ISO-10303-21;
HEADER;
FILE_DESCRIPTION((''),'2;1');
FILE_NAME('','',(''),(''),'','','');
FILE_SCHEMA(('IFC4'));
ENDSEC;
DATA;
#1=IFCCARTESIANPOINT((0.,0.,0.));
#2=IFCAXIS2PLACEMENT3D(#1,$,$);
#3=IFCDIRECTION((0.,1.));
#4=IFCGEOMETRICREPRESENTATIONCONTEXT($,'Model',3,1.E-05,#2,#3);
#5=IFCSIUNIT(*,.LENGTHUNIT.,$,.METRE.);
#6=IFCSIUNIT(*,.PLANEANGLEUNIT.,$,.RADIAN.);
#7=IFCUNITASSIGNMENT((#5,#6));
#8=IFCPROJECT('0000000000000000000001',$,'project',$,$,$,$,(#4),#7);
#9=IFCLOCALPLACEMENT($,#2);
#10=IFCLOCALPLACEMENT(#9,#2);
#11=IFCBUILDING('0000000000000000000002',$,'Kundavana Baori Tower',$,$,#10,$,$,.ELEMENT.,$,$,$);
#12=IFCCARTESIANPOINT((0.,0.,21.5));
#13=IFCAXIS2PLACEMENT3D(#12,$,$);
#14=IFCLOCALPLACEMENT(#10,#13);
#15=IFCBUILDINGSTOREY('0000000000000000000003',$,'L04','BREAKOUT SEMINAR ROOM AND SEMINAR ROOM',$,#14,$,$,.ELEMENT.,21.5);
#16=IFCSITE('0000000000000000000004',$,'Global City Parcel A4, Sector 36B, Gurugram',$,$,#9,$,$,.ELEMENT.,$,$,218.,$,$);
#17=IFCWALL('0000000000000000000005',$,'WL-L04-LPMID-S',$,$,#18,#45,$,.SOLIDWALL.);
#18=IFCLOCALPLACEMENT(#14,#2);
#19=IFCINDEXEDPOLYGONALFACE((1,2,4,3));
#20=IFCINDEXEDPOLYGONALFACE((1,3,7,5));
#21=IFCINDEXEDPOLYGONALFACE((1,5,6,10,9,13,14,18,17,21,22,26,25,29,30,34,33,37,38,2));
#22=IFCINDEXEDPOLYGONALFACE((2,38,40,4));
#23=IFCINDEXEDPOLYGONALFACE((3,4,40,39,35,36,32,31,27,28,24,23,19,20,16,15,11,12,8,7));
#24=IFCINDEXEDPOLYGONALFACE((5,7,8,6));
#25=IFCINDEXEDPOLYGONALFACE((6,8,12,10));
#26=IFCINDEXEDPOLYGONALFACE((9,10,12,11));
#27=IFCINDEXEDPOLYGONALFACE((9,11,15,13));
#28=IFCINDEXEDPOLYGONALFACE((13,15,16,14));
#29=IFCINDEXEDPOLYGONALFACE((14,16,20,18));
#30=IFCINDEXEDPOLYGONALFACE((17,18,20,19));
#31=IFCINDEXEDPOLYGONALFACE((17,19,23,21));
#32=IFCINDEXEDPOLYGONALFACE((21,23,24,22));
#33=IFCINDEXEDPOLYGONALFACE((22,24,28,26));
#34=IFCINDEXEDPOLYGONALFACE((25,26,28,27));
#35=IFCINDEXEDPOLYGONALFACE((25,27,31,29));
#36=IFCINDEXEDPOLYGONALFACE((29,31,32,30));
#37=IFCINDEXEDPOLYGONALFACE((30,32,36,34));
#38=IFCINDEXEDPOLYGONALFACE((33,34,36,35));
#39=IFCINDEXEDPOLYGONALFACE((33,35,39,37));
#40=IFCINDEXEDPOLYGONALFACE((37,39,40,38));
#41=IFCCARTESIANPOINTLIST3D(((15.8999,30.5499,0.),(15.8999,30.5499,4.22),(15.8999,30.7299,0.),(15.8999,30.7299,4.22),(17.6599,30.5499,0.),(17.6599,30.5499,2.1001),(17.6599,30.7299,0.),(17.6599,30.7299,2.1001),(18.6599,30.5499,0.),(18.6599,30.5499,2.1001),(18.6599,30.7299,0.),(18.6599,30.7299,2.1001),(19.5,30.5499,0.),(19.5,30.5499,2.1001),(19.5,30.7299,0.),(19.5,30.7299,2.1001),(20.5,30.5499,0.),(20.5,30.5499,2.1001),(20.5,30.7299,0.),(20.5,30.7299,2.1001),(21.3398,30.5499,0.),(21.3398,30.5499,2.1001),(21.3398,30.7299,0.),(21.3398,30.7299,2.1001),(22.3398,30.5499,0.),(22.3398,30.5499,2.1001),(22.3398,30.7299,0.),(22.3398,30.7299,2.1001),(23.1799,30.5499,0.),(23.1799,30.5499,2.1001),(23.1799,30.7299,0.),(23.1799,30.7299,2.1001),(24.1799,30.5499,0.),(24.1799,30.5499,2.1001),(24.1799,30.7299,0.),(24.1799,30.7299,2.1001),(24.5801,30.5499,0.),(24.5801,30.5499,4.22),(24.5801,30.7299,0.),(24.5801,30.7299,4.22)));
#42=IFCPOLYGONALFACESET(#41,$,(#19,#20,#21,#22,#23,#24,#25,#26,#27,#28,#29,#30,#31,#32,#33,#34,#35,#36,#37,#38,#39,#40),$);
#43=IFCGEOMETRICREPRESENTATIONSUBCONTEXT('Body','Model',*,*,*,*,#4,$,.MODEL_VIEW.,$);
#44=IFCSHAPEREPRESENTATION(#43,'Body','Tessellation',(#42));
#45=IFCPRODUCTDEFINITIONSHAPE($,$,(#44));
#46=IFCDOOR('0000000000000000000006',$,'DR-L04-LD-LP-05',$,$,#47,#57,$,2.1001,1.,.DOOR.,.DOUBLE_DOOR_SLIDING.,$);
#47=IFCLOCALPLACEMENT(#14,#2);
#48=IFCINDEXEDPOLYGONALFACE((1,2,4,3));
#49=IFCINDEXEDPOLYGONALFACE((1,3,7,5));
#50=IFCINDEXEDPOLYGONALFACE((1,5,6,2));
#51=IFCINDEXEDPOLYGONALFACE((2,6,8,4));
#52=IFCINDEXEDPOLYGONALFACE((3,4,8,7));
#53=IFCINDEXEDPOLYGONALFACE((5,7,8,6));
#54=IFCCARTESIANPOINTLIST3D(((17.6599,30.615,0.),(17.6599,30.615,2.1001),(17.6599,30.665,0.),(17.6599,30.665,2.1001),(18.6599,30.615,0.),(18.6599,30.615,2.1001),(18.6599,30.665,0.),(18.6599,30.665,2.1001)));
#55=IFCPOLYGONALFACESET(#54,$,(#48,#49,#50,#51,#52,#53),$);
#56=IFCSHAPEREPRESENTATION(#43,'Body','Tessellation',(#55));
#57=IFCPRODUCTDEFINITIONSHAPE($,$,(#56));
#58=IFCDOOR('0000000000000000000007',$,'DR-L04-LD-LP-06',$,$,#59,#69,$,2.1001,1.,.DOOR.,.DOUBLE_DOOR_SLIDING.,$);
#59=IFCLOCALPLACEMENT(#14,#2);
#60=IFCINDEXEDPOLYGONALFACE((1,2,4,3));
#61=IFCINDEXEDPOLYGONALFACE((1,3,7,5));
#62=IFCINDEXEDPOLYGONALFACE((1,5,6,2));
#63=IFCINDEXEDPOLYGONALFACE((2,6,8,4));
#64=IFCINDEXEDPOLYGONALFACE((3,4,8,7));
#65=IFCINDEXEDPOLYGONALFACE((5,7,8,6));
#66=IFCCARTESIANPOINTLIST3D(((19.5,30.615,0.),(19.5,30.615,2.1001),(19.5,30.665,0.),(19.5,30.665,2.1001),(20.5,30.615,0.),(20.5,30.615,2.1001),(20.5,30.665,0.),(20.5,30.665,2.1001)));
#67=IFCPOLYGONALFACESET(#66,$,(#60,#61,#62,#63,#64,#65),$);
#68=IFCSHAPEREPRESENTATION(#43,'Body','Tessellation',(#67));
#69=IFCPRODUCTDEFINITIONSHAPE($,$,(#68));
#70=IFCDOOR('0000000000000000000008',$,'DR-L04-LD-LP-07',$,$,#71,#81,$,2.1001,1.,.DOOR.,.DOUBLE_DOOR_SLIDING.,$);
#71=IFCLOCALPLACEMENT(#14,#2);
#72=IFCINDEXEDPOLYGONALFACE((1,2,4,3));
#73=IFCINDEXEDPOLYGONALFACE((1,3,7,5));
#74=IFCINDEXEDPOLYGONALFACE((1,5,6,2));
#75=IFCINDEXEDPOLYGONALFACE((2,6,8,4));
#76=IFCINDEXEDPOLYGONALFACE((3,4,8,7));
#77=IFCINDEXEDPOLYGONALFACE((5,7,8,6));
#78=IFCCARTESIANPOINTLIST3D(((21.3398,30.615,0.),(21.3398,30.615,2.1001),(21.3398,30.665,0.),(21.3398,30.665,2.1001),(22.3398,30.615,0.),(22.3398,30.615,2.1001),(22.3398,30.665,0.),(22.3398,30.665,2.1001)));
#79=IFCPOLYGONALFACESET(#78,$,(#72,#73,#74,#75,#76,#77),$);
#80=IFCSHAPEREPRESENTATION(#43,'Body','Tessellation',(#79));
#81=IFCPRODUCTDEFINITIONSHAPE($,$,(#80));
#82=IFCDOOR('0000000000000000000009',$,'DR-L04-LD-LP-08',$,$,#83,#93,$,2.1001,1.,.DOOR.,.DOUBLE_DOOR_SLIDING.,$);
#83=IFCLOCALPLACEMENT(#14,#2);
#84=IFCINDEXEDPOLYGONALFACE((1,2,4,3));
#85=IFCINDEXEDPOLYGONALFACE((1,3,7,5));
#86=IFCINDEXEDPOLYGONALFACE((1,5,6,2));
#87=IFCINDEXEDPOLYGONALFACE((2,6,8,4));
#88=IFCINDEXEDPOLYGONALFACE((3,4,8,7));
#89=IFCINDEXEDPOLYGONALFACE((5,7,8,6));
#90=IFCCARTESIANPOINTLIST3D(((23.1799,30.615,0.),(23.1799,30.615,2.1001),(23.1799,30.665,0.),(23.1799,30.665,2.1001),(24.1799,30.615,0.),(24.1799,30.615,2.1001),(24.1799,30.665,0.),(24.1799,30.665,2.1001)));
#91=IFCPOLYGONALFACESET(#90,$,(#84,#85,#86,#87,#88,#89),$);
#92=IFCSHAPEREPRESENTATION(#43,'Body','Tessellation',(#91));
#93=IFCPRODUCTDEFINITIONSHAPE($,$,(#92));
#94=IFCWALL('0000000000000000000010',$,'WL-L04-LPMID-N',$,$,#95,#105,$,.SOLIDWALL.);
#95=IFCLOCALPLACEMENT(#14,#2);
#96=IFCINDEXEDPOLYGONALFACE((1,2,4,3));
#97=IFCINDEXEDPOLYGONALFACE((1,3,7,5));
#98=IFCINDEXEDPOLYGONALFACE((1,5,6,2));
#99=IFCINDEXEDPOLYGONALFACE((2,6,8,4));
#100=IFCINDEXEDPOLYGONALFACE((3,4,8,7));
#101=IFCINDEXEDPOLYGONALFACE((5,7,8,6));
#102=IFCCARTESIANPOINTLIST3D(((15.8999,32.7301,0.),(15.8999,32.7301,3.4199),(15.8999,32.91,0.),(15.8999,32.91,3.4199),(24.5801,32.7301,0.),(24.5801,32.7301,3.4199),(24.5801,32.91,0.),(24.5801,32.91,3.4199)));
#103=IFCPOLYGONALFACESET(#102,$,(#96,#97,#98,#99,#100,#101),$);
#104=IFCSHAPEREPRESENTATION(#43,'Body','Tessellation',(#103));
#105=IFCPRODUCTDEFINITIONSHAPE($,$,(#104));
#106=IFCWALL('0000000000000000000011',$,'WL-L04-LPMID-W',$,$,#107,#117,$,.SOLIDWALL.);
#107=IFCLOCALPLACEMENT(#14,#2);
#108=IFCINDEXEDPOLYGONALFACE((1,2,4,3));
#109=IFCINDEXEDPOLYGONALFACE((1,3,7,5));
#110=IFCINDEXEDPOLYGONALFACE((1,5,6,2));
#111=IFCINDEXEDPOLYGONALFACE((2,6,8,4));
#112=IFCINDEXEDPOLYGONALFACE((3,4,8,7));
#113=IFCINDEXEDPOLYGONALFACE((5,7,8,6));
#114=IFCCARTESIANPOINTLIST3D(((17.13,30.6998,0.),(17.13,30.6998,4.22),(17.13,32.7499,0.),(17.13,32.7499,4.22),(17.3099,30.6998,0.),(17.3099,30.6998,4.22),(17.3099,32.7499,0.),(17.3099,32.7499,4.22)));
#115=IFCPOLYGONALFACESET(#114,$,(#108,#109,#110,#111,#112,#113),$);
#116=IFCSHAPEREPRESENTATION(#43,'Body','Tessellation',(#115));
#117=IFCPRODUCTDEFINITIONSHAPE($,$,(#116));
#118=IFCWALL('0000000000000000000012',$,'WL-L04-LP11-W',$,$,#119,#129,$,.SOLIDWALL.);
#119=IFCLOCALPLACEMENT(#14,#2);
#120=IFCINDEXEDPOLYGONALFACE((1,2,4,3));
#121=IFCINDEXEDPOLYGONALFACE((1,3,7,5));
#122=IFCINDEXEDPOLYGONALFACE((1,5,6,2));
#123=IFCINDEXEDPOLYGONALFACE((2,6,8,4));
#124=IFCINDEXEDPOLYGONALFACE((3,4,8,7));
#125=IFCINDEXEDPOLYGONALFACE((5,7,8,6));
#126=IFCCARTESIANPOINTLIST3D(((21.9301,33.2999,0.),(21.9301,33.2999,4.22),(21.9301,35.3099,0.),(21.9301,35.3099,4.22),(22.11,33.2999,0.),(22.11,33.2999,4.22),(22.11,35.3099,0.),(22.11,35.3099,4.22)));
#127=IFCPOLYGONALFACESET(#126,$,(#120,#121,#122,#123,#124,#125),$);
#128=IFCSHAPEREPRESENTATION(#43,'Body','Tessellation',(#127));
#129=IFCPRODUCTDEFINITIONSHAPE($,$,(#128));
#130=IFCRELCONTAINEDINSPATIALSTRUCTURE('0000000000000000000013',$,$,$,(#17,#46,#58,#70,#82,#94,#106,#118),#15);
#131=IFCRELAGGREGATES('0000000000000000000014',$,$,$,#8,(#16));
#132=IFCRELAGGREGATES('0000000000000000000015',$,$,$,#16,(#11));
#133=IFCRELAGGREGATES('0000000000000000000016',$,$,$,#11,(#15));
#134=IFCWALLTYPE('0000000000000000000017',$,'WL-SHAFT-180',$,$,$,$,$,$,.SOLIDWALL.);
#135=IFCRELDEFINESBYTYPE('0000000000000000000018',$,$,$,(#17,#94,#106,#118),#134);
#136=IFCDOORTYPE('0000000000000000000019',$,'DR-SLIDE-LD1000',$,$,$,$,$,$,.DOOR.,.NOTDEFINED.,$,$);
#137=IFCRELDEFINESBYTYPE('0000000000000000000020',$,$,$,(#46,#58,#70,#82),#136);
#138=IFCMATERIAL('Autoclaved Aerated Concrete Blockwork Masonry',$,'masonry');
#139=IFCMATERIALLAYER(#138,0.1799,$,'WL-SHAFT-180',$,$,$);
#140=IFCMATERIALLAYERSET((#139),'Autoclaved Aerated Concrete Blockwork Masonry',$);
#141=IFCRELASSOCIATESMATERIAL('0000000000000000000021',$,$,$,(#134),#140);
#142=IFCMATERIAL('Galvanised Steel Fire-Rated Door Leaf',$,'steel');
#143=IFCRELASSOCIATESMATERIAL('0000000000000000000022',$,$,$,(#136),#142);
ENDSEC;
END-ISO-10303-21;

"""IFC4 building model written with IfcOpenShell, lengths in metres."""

from ifc_helpers import new_model, si_unit, direction, frame, frame_2d, origin, place, context, subcontext, project, spatial, rectangle, extrude, material, layer, layer_set, type_object, element, fill, save


model = new_model("IFC4")

# Units and contexts
model_context = context("Model", 3, precision=1e-05, world=origin(), true_north=direction((0.0, 1.0)))
body_context = subcontext(model_context, "Body", "Model", "MODEL_VIEW")
ifc_project = project(units=[si_unit("LENGTHUNIT", "METRE"), si_unit("PLANEANGLEUNIT", "RADIAN")], contexts=[model_context])

# Site, building, storey
site_placement = place(None, origin())
site = spatial("IfcSite", under=ifc_project, at=site_placement, Name="Global City Parcel A4, Sector 36B, Gurugram", CompositionType="ELEMENT", RefElevation=218.0)
building_placement = place(site_placement, origin())
building = spatial("IfcBuilding", under=site, at=building_placement, Name="Kundavana Baori Tower", CompositionType="ELEMENT")
storey_placement = place(building_placement, frame((0.0, 0.0, 21.5)))
storey = spatial("IfcBuildingStorey", under=building, at=storey_placement, Name="L04", Description="BREAKOUT SEMINAR ROOM AND SEMINAR ROOM", CompositionType="ELEMENT", Elevation=21.5)

# Wall, openings, doors
ifc_material_1 = material(Name="Autoclaved Aerated Concrete Blockwork Masonry", Category="masonry")
ifc_layer_1 = layer(ifc_material_1, 0.1799, Name="WL-SHAFT-180")
ifc_layer_set_1 = layer_set([ifc_layer_1], Name="Autoclaved Aerated Concrete Blockwork Masonry")
wall_type_1 = type_object("IfcWallType", Name="WL-SHAFT-180", PredefinedType="SOLIDWALL", material=ifc_layer_set_1)
wall_1_placement = place(storey_placement, frame((15.8999, 30.6399, 0.0), z_axis=(0.0, 0.0, 1.0), x_axis=(1.0, 0.0, 0.0)))
wall_1 = element("IfcWall", 1, at=wall_1_placement, inside=storey, type_object=wall_type_1, Name="WL-L04-LPMID-S", PredefinedType="SOLIDWALL", context=body_context, shape_type="SweptSolid", body=[
    extrude(rectangle(XDim=8.6802, YDim=0.1799, at=frame_2d((4.3401, 0.0))), origin(), (0.0, 0.0, 1.0), 4.22),
])
opening_1_placement = place(wall_1_placement, frame((1.76, 0.0, 0.0)))
opening_1 = element("IfcOpeningElement", 2, at=opening_1_placement, cuts=wall_1, PredefinedType="OPENING", context=body_context, shape_type="SweptSolid", body=[
    extrude(rectangle(XDim=1.0, YDim=2.1001, at=frame_2d((0.5, 1.05))), frame((0.0, 0.1001, 0.0), z_axis=(0.0, -1.0, 0.0), x_axis=(1.0, 0.0, 0.0)), (0.0, 0.0, 1.0), 0.2),
])
opening_2_placement = place(wall_1_placement, frame((3.6001, 0.0, 0.0)))
opening_2 = element("IfcOpeningElement", 3, at=opening_2_placement, cuts=wall_1, PredefinedType="OPENING", context=body_context, shape_type="SweptSolid", body=[
    extrude(rectangle(XDim=1.0, YDim=2.1001, at=frame_2d((0.5, 1.05))), frame((0.0, 0.1001, 0.0), z_axis=(0.0, -1.0, 0.0), x_axis=(1.0, 0.0, 0.0)), (0.0, 0.0, 1.0), 0.2),
])
opening_3_placement = place(wall_1_placement, frame((5.4399, 0.0, 0.0)))
opening_3 = element("IfcOpeningElement", 4, at=opening_3_placement, cuts=wall_1, PredefinedType="OPENING", context=body_context, shape_type="SweptSolid", body=[
    extrude(rectangle(XDim=1.0, YDim=2.1001, at=frame_2d((0.5, 1.05))), frame((0.0, 0.1001, 0.0), z_axis=(0.0, -1.0, 0.0), x_axis=(1.0, 0.0, 0.0)), (0.0, 0.0, 1.0), 0.2),
])
opening_4_placement = place(wall_1_placement, frame((7.28, 0.0, 0.0)))
opening_4 = element("IfcOpeningElement", 5, at=opening_4_placement, cuts=wall_1, PredefinedType="OPENING", context=body_context, shape_type="SweptSolid", body=[
    extrude(rectangle(XDim=1.0, YDim=2.1001, at=frame_2d((0.5, 1.05))), frame((0.0, 0.1001, 0.0), z_axis=(0.0, -1.0, 0.0), x_axis=(1.0, 0.0, 0.0)), (0.0, 0.0, 1.0), 0.2),
])
ifc_material_2 = material(Name="Galvanised Steel Fire-Rated Door Leaf", Category="steel")
door_type_1 = type_object("IfcDoorType", Name="DR-SLIDE-LD1000", OperationType="NOTDEFINED", PredefinedType="DOOR", material=ifc_material_2)
door_1_placement = place(opening_1_placement, frame((1.0, 0.0, 0.0), z_axis=(0.0, 0.0, 1.0), x_axis=(-1.0, 0.0, 0.0)))
door_1 = element("IfcDoor", 6, at=door_1_placement, inside=storey, type_object=door_type_1, Name="DR-L04-LD-LP-05", OperationType="DOUBLE_DOOR_SLIDING", OverallHeight=2.1001, OverallWidth=1.0, PredefinedType="DOOR", context=body_context, shape_type="SweptSolid", body=[
    extrude(rectangle(XDim=1.0, YDim=2.1001, at=frame_2d((0.5, 1.05))), frame((0.0, 0.0249, 0.0), z_axis=(0.0, -1.0, 0.0), x_axis=(1.0, 0.0, 0.0)), (0.0, 0.0, 1.0), 0.05),
])
fill(opening_1, door_1)
door_2_placement = place(opening_2_placement, frame((1.0, 0.0, 0.0), z_axis=(0.0, 0.0, 1.0), x_axis=(-1.0, 0.0, 0.0)))
door_2 = element("IfcDoor", 7, at=door_2_placement, inside=storey, type_object=door_type_1, Name="DR-L04-LD-LP-06", OperationType="DOUBLE_DOOR_SLIDING", OverallHeight=2.1001, OverallWidth=1.0, PredefinedType="DOOR", context=body_context, shape_type="SweptSolid", body=[
    extrude(rectangle(XDim=1.0, YDim=2.1001, at=frame_2d((0.5, 1.05))), frame((0.0, 0.0249, 0.0), z_axis=(0.0, -1.0, 0.0), x_axis=(1.0, 0.0, 0.0)), (0.0, 0.0, 1.0), 0.05),
])
fill(opening_2, door_2)
door_3_placement = place(opening_3_placement, frame((1.0, 0.0, 0.0), z_axis=(0.0, 0.0, 1.0), x_axis=(-1.0, 0.0, 0.0)))
door_3 = element("IfcDoor", 8, at=door_3_placement, inside=storey, type_object=door_type_1, Name="DR-L04-LD-LP-07", OperationType="DOUBLE_DOOR_SLIDING", OverallHeight=2.1001, OverallWidth=1.0, PredefinedType="DOOR", context=body_context, shape_type="SweptSolid", body=[
    extrude(rectangle(XDim=1.0, YDim=2.1001, at=frame_2d((0.5, 1.05))), frame((0.0, 0.0249, 0.0), z_axis=(0.0, -1.0, 0.0), x_axis=(1.0, 0.0, 0.0)), (0.0, 0.0, 1.0), 0.05),
])
fill(opening_3, door_3)
door_4_placement = place(opening_4_placement, frame((1.0, 0.0, 0.0), z_axis=(0.0, 0.0, 1.0), x_axis=(-1.0, 0.0, 0.0)))
door_4 = element("IfcDoor", 9, at=door_4_placement, inside=storey, type_object=door_type_1, Name="DR-L04-LD-LP-08", OperationType="DOUBLE_DOOR_SLIDING", OverallHeight=2.1001, OverallWidth=1.0, PredefinedType="DOOR", context=body_context, shape_type="SweptSolid", body=[
    extrude(rectangle(XDim=1.0, YDim=2.1001, at=frame_2d((0.5, 1.05))), frame((0.0, 0.0249, 0.0), z_axis=(0.0, -1.0, 0.0), x_axis=(1.0, 0.0, 0.0)), (0.0, 0.0, 1.0), 0.05),
])
fill(opening_4, door_4)

# Walls
wall_2_placement = place(storey_placement, frame((15.8999, 32.8201, 0.0), z_axis=(0.0, 0.0, 1.0), x_axis=(1.0, 0.0, 0.0)))
element("IfcWall", 10, at=wall_2_placement, inside=storey, type_object=wall_type_1, Name="WL-L04-LPMID-N", PredefinedType="SOLIDWALL", context=body_context, shape_type="SweptSolid", body=[
    extrude(rectangle(XDim=8.6802, YDim=0.1799, at=frame_2d((4.3401, 0.0))), origin(), (0.0, 0.0, 1.0), 3.4199),
])
wall_3_placement = place(storey_placement, frame((17.22, 30.7, 0.0), z_axis=(0.0, 0.0, 1.0), x_axis=(0.0, 1.0, 0.0)))
element("IfcWall", 11, at=wall_3_placement, inside=storey, type_object=wall_type_1, Name="WL-L04-LPMID-W", PredefinedType="SOLIDWALL", context=body_context, shape_type="SweptSolid", body=[
    extrude(rectangle(XDim=2.05, YDim=0.1799, at=frame_2d((1.0249, 0.0))), origin(), (0.0, 0.0, 1.0), 4.22),
])
wall_4_placement = place(storey_placement, frame((22.02, 33.3, 0.0), z_axis=(0.0, 0.0, 1.0), x_axis=(0.0, 1.0, 0.0)))
element("IfcWall", 12, at=wall_4_placement, inside=storey, type_object=wall_type_1, Name="WL-L04-LP11-W", PredefinedType="SOLIDWALL", context=body_context, shape_type="SweptSolid", body=[
    extrude(rectangle(XDim=2.01, YDim=0.1799, at=frame_2d((1.0049, 0.0))), origin(), (0.0, 0.0, 1.0), 4.22),
])

save(model, "model.ifc")
